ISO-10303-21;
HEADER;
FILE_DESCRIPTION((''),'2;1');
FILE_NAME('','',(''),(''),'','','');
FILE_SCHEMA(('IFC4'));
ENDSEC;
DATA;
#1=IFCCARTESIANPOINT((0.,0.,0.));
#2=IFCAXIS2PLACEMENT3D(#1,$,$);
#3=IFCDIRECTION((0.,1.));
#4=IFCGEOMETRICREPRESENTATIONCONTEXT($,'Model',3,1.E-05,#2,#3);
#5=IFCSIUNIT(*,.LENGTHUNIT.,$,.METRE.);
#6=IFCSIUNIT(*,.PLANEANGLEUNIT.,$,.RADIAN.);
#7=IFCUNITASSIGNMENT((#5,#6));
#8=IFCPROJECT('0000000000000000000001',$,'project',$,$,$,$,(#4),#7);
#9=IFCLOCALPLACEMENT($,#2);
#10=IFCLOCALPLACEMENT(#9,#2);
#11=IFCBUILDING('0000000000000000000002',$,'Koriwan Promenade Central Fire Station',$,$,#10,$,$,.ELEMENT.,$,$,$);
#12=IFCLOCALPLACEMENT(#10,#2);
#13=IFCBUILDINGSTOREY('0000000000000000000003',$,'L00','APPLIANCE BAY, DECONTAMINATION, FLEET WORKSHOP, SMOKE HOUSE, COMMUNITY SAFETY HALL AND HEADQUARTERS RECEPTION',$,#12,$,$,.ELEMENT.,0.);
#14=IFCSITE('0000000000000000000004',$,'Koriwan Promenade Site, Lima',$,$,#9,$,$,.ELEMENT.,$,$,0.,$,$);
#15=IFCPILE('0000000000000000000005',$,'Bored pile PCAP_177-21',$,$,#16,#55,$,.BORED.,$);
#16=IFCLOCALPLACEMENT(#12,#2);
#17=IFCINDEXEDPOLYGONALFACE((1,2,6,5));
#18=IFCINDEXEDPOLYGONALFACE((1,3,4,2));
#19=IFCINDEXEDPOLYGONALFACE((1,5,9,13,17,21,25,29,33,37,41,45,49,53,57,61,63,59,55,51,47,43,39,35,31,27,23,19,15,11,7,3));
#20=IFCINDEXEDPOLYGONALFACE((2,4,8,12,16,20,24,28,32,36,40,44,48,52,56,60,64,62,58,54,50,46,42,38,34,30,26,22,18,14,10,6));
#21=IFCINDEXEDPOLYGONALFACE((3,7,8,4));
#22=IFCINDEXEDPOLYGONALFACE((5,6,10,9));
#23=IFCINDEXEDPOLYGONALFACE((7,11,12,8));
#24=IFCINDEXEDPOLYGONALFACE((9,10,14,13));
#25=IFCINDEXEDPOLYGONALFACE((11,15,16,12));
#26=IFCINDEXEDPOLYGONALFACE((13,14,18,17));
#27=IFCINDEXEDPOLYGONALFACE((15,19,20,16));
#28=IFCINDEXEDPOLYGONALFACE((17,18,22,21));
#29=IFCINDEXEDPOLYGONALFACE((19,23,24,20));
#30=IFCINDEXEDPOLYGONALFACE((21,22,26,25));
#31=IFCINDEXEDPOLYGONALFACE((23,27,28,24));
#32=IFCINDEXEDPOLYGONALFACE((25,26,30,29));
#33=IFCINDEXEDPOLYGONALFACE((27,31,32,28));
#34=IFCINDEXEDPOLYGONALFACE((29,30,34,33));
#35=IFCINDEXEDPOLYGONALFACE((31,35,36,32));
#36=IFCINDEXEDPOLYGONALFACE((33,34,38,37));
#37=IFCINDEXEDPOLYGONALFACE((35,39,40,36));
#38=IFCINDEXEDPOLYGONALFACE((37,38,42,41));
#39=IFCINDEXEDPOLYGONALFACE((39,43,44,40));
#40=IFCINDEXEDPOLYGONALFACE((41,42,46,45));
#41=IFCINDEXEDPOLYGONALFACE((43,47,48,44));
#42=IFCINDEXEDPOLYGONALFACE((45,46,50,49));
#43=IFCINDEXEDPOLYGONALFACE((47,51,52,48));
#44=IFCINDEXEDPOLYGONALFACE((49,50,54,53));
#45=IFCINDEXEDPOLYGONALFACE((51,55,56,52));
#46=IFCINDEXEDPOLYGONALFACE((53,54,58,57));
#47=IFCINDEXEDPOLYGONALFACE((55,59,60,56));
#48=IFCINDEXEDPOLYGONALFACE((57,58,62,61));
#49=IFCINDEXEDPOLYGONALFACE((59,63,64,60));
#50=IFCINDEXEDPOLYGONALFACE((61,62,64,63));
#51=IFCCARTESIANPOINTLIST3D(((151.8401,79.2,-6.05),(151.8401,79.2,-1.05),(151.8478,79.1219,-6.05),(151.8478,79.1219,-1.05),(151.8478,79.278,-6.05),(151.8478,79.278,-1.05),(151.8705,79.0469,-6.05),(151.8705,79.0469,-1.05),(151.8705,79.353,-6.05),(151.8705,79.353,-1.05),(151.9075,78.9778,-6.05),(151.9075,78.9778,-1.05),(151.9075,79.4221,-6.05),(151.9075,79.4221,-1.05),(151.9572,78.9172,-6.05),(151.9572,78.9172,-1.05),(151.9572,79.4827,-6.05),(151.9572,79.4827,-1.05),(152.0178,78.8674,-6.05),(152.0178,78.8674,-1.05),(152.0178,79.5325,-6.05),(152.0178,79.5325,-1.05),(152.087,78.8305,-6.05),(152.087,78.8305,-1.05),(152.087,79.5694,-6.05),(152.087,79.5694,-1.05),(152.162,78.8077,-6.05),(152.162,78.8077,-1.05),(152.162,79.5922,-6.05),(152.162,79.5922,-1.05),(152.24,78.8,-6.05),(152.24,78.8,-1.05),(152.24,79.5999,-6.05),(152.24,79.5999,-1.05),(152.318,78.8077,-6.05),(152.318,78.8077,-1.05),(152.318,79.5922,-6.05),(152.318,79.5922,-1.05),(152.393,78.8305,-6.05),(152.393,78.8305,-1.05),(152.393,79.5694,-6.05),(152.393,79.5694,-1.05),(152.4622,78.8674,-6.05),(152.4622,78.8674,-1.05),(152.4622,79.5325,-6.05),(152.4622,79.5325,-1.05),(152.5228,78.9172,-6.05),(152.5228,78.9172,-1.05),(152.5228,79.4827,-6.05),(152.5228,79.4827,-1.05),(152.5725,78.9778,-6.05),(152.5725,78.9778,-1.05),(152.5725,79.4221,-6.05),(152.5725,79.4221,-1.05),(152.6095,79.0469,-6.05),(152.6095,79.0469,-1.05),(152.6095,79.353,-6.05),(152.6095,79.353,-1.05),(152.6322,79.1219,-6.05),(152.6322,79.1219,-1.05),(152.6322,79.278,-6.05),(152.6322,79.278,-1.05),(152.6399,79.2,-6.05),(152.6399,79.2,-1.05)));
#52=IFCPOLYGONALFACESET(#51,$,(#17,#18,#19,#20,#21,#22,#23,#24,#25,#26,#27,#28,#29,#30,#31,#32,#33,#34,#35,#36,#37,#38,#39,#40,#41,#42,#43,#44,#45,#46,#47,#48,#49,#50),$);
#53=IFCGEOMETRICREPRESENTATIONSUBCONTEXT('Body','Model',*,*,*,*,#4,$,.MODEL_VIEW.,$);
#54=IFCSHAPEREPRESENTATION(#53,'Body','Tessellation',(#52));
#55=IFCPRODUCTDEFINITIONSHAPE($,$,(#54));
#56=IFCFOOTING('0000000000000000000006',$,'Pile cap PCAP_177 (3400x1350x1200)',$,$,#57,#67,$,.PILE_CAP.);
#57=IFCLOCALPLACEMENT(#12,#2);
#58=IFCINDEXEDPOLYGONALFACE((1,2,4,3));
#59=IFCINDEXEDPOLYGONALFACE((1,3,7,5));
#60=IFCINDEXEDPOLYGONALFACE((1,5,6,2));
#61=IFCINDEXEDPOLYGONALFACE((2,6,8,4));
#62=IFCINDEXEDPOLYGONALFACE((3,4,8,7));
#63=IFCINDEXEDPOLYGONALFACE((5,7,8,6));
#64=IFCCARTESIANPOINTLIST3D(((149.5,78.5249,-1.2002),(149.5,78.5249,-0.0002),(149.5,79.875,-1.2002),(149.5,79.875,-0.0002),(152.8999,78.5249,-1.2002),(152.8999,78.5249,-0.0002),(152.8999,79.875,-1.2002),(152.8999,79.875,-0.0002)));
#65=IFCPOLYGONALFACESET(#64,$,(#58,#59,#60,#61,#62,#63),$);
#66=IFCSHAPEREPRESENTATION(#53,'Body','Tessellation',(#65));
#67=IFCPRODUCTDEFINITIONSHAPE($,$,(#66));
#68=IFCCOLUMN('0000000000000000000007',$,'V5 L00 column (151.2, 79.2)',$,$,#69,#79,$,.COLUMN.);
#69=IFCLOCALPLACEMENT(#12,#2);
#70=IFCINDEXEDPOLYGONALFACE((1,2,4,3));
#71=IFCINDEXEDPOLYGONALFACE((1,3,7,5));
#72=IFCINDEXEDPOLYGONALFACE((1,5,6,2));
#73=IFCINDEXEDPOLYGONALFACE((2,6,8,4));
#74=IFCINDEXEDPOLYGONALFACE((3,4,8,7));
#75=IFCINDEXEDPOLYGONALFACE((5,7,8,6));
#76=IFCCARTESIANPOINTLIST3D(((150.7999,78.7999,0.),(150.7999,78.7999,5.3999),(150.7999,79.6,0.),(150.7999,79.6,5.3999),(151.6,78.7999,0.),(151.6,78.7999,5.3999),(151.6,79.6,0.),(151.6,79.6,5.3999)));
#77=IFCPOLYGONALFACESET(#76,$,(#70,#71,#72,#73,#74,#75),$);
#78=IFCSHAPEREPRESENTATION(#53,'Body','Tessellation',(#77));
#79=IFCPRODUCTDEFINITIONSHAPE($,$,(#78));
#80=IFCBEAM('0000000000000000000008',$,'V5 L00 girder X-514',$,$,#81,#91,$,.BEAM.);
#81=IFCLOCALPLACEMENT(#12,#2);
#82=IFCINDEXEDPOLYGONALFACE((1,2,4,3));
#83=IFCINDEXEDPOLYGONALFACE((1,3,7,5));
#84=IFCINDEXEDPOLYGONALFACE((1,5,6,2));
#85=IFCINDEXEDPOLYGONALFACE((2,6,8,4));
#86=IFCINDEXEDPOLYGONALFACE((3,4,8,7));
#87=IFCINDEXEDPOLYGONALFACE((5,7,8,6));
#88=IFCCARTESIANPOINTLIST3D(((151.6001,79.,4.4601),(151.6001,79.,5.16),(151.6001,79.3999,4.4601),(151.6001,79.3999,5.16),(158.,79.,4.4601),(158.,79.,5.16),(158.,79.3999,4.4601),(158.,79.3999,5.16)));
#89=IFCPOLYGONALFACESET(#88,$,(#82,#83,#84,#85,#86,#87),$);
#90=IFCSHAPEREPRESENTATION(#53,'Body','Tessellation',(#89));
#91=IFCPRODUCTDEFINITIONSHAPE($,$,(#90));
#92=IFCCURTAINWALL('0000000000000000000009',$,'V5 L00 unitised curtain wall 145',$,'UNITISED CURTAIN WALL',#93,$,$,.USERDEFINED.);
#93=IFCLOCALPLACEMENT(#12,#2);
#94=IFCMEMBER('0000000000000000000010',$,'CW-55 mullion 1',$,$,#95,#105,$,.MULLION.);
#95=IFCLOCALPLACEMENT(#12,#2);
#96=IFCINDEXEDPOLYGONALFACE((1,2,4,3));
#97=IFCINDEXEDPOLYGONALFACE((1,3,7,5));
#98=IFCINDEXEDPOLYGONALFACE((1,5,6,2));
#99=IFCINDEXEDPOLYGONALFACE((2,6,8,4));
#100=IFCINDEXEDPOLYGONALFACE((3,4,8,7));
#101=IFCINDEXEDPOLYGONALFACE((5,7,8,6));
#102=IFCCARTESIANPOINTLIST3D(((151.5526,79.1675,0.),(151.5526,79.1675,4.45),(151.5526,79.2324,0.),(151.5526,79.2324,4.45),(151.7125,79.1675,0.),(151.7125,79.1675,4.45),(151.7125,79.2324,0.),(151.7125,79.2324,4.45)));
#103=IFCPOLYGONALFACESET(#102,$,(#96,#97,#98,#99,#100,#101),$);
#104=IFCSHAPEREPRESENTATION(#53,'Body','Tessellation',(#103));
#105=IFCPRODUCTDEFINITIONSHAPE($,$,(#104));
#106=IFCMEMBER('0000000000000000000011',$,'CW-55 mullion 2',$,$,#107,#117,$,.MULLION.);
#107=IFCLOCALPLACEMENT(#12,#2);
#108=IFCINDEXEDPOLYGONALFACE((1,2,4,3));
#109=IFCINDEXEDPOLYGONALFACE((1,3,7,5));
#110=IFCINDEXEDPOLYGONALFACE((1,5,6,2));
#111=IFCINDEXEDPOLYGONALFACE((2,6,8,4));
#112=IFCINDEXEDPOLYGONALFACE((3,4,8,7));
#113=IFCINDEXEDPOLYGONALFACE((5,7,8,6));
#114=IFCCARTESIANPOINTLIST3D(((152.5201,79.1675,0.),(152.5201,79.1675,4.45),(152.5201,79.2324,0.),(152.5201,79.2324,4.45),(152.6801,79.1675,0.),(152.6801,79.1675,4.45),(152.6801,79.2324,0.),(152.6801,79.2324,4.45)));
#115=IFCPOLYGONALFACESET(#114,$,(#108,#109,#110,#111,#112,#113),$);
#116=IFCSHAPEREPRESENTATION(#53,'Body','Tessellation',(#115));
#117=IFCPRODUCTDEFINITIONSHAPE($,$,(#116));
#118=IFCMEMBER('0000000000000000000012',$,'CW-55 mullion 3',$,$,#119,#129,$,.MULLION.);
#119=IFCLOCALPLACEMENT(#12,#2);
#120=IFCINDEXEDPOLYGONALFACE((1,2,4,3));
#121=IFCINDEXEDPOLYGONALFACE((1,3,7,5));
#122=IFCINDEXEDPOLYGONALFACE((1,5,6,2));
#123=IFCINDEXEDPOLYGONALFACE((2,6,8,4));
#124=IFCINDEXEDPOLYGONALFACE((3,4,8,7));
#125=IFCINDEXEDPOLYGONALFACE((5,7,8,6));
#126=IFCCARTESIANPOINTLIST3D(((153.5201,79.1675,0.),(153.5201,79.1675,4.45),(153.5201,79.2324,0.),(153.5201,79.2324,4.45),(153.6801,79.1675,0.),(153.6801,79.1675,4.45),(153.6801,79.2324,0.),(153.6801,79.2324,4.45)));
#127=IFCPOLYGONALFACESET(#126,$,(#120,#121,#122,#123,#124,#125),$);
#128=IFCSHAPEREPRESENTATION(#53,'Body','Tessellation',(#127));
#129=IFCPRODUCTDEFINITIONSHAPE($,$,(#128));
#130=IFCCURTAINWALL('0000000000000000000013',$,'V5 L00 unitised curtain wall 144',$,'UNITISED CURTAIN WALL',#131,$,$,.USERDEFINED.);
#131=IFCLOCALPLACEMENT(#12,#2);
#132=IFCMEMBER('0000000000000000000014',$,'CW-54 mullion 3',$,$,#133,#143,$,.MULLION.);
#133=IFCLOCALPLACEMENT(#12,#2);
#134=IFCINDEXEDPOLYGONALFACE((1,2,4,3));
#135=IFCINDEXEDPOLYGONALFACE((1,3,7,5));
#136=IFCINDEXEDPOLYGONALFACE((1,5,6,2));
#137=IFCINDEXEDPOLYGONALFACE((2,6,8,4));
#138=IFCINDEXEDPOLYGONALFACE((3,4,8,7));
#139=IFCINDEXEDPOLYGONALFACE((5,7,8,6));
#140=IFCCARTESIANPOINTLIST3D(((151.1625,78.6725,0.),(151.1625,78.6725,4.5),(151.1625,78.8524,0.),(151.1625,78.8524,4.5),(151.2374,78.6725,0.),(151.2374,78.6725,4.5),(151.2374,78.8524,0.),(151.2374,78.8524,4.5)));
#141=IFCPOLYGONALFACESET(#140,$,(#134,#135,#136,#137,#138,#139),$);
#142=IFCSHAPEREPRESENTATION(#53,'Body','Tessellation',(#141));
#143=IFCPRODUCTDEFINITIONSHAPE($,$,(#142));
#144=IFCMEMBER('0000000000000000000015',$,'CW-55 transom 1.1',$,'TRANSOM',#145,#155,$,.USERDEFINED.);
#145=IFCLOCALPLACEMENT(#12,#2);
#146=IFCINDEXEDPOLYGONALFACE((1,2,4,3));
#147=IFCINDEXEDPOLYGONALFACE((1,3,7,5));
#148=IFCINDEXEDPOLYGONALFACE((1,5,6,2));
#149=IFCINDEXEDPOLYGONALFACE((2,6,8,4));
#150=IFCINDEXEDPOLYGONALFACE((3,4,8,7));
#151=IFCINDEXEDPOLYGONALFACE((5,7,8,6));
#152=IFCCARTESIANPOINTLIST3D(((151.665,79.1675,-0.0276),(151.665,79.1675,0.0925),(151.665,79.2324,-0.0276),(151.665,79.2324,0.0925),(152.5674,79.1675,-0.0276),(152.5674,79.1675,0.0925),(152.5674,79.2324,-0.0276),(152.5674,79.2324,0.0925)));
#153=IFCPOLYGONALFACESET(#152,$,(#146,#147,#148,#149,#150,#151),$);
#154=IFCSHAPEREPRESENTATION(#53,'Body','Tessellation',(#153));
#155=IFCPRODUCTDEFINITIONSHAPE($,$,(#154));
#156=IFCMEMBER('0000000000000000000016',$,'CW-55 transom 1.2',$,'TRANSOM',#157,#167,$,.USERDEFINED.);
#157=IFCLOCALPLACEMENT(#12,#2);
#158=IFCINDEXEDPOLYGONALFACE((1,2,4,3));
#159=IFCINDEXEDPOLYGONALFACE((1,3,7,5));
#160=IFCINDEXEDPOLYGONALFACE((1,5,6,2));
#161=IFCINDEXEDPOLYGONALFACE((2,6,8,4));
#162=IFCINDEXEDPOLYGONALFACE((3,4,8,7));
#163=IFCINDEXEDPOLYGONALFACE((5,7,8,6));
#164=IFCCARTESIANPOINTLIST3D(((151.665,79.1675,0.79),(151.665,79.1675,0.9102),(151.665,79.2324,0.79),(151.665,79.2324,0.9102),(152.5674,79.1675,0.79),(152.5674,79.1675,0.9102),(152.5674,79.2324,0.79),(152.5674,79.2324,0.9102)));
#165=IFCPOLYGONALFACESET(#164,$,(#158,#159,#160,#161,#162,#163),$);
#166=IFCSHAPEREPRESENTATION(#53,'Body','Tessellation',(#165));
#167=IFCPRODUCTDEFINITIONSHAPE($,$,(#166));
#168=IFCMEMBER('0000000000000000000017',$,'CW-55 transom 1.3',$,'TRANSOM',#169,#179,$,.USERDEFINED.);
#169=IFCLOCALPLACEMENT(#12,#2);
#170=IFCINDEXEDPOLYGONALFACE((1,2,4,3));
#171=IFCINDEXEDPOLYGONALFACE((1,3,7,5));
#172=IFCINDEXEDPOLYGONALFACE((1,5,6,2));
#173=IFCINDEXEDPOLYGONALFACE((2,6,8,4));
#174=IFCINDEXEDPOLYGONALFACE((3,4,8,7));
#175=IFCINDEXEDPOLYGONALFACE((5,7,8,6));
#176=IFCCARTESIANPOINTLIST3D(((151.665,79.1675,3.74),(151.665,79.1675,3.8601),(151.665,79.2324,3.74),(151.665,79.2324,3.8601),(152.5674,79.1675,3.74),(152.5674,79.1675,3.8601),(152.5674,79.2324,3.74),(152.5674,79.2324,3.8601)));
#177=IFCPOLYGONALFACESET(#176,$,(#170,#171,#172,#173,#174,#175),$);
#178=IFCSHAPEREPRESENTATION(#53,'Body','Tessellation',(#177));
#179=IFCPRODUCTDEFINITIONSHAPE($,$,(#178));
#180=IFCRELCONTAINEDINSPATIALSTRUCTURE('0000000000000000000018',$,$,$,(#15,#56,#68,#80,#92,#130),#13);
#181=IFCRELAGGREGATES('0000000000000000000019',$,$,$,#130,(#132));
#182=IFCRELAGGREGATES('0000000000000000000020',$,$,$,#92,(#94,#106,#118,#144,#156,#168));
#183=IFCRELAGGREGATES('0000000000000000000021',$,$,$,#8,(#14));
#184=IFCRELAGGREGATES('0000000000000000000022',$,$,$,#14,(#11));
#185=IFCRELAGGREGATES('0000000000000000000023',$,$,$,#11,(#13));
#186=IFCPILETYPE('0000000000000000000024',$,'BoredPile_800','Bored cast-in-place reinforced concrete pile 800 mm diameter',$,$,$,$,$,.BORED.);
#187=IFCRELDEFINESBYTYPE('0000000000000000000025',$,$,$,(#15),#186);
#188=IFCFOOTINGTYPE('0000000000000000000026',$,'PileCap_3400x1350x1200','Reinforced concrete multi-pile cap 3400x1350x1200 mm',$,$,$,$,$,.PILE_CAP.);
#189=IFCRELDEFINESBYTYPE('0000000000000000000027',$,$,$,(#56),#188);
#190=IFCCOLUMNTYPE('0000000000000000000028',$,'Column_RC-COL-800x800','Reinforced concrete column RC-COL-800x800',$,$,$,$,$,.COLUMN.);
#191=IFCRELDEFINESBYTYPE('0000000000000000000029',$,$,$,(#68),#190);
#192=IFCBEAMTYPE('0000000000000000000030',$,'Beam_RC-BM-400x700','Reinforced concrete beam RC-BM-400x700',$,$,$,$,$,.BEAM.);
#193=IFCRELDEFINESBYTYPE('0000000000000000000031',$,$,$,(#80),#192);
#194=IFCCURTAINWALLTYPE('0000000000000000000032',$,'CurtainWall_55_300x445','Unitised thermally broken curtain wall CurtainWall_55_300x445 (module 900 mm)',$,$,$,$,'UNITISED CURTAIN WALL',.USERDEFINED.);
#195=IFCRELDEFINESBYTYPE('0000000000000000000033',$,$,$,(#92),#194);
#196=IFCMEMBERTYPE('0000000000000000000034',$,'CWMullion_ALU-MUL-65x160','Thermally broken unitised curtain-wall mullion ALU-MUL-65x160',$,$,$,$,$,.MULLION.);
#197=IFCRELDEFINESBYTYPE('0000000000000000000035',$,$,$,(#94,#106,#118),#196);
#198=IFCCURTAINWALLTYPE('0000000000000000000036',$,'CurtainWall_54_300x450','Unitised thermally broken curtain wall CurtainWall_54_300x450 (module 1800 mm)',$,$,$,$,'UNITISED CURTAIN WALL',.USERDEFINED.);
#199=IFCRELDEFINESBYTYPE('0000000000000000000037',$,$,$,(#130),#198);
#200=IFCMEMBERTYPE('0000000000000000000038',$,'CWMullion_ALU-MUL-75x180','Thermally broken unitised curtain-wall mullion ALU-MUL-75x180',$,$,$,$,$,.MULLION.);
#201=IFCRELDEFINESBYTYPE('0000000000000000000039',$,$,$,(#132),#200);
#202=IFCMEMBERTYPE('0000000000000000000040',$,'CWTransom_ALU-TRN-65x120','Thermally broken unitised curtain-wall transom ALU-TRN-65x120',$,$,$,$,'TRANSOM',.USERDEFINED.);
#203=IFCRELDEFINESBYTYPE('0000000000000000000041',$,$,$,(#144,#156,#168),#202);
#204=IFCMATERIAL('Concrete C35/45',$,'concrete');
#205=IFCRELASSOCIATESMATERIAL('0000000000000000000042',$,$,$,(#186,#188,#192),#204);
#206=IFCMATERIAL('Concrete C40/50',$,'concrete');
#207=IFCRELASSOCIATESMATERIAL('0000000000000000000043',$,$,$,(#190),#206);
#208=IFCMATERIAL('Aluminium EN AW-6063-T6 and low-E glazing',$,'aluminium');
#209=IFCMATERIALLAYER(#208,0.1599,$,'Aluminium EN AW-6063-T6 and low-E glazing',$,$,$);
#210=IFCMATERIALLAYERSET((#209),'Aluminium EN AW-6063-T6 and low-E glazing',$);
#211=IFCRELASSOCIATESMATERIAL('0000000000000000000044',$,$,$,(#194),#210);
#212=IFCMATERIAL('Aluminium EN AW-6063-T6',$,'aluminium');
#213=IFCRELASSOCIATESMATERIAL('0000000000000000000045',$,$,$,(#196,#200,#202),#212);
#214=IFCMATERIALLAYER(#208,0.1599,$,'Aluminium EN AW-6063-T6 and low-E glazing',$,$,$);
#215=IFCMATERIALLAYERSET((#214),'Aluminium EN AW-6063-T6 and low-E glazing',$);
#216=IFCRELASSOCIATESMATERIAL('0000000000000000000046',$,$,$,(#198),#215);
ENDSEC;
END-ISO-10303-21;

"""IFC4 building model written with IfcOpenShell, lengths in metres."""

from ifc_helpers import new_model, si_unit, direction, frame, origin, origin_2d, place, context, subcontext, project, spatial, rectangle, circle, extrude, material, layer, layer_set, material_profile, profile_set, type_object, element, aggregate, save


model = new_model("IFC4")

# Units and contexts
model_context = context("Model", 3, precision=1e-05, world=origin(), true_north=direction((0.0, 1.0)))
body_context = subcontext(model_context, "Body", "Model", "MODEL_VIEW")
ifc_project = project(units=[si_unit("LENGTHUNIT", "METRE"), si_unit("PLANEANGLEUNIT", "RADIAN")], contexts=[model_context])

# Site, building, storey
site_placement = place(None, origin())
site = spatial("IfcSite", under=ifc_project, at=site_placement, Name="Koriwan Promenade Site, Lima", CompositionType="ELEMENT", RefElevation=0.0)
building_placement = place(site_placement, origin())
building = spatial("IfcBuilding", under=site, at=building_placement, Name="Koriwan Promenade Central Fire Station", CompositionType="ELEMENT")
storey_placement = place(building_placement, origin())
storey = spatial("IfcBuildingStorey", under=building, at=storey_placement, Name="L00", Description="APPLIANCE BAY, DECONTAMINATION, FLEET WORKSHOP, SMOKE HOUSE, COMMUNITY SAFETY HALL AND HEADQUARTERS RECEPTION", CompositionType="ELEMENT", Elevation=0.0)

# Pile
ifc_material_1 = material(Name="Concrete C35/45", Category="concrete")
ifc_material_profile_1 = material_profile(ifc_material_1, circle(Radius=0.3999, at=origin_2d()), Name="PILE-D800")
ifc_profile_set_1 = profile_set([ifc_material_profile_1], Name="Concrete C35/45")
pile_type = type_object("IfcPileType", Name="BoredPile_800", Description="Bored cast-in-place reinforced concrete pile 800 mm diameter", PredefinedType="BORED", material=ifc_profile_set_1)
pile_placement = place(storey_placement, frame((152.24, 79.2, -1.05), z_axis=(0.0, 0.0, -1.0), x_axis=(1.0, 0.0, 0.0)))
element("IfcPile", 1, at=pile_placement, inside=storey, type_object=pile_type, Name="Bored pile PCAP_177-21", PredefinedType="BORED", context=body_context, shape_type="SweptSolid", body=[
    extrude(circle(Radius=0.3999, at=origin_2d()), origin(), (0.0, 0.0, 1.0), 5.0),
])

# Footing
footing_type = type_object("IfcFootingType", Name="PileCap_3400x1350x1200", Description="Reinforced concrete multi-pile cap 3400x1350x1200 mm", PredefinedType="PILE_CAP", material=ifc_material_1)
footing_placement = place(storey_placement, frame((151.2, 79.2, -1.2002), z_axis=(0.0, 0.0, 1.0), x_axis=(1.0, 0.0, 0.0)))
element("IfcFooting", 2, at=footing_placement, inside=storey, type_object=footing_type, Name="Pile cap PCAP_177 (3400x1350x1200)", PredefinedType="PILE_CAP", context=body_context, shape_type="SweptSolid", body=[
    extrude(rectangle(XDim=3.3999, YDim=1.3501, at=origin_2d()), origin(), (0.0, 0.0, 1.0), 1.2),
])

# Column
ifc_material_2 = material(Name="Concrete C40/50", Category="concrete")
ifc_material_profile_2 = material_profile(ifc_material_2, rectangle(XDim=0.8, YDim=0.8, at=origin_2d()), Name="RC-COL-800x800")
ifc_profile_set_2 = profile_set([ifc_material_profile_2], Name="Concrete C40/50")
column_type = type_object("IfcColumnType", Name="Column_RC-COL-800x800", Description="Reinforced concrete column RC-COL-800x800", PredefinedType="COLUMN", material=ifc_profile_set_2)
column_placement = place(storey_placement, frame((151.2, 79.2, 0.0), z_axis=(0.0, 0.0, 1.0), x_axis=(1.0, 0.0, 0.0)))
element("IfcColumn", 3, at=column_placement, inside=storey, type_object=column_type, Name="V5 L00 column (151.2, 79.2)", PredefinedType="COLUMN", context=body_context, shape_type="SweptSolid", body=[
    extrude(rectangle(XDim=0.8, YDim=0.8, at=origin_2d()), origin(), (0.0, 0.0, 1.0), 5.3999),
])

# Beam
ifc_material_profile_3 = material_profile(ifc_material_1, rectangle(XDim=0.3999, YDim=0.7, at=origin_2d()), Name="RC-BM-400x700")
ifc_profile_set_3 = profile_set([ifc_material_profile_3], Name="Concrete C35/45")
beam_type = type_object("IfcBeamType", Name="Beam_RC-BM-400x700", Description="Reinforced concrete beam RC-BM-400x700", PredefinedType="BEAM", material=ifc_profile_set_3)
beam_placement = place(storey_placement, frame((151.6001, 79.2, 4.8101), z_axis=(1.0, 0.0, 0.0), x_axis=(0.0, 1.0, 0.0)))
element("IfcBeam", 4, at=beam_placement, inside=storey, type_object=beam_type, Name="V5 L00 girder X-514", PredefinedType="BEAM", context=body_context, shape_type="SweptSolid", body=[
    extrude(rectangle(XDim=0.3999, YDim=0.7, at=origin_2d()), origin(), (0.0, 0.0, 1.0), 6.3999),
])

# Curtain wall, members
ifc_material_3 = material(Name="Aluminium EN AW-6063-T6 and low-E glazing", Category="aluminium")
ifc_layer_1 = layer(ifc_material_3, 0.1599, Name="Aluminium EN AW-6063-T6 and low-E glazing")
ifc_layer_set_1 = layer_set([ifc_layer_1], Name="Aluminium EN AW-6063-T6 and low-E glazing")
curtain_wall_type_1 = type_object("IfcCurtainWallType", Name="CurtainWall_55_300x445", Description="Unitised thermally broken curtain wall CurtainWall_55_300x445 (module 900 mm)", ElementType="UNITISED CURTAIN WALL", PredefinedType="USERDEFINED", material=ifc_layer_set_1)
curtain_wall_1_placement = place(storey_placement, origin())
curtain_wall_1 = element("IfcCurtainWall", 5, at=curtain_wall_1_placement, inside=storey, type_object=curtain_wall_type_1, Name="V5 L00 unitised curtain wall 145", ObjectType="UNITISED CURTAIN WALL", PredefinedType="USERDEFINED")
ifc_material_4 = material(Name="Aluminium EN AW-6063-T6", Category="aluminium")
ifc_material_profile_4 = material_profile(ifc_material_4, rectangle(XDim=0.0649, YDim=0.1599, at=origin_2d()), Name="ALU-MUL-65x160")
ifc_profile_set_4 = profile_set([ifc_material_profile_4], Name="Aluminium EN AW-6063-T6")
member_type_1 = type_object("IfcMemberType", Name="CWMullion_ALU-MUL-65x160", Description="Thermally broken unitised curtain-wall mullion ALU-MUL-65x160", PredefinedType="MULLION", material=ifc_profile_set_4)
member_1_placement = place(storey_placement, frame((151.6326, 79.2, 0.0), z_axis=(0.0, 0.0, 1.0), x_axis=(0.0, 1.0, 0.0)))
member_1 = element("IfcMember", 6, at=member_1_placement, type_object=member_type_1, Name="CW-55 mullion 1", PredefinedType="MULLION", context=body_context, shape_type="SweptSolid", body=[
    extrude(rectangle(XDim=0.0649, YDim=0.1599, at=origin_2d()), origin(), (0.0, 0.0, 1.0), 4.45),
])
member_2_placement = place(storey_placement, frame((152.6001, 79.2, 0.0), z_axis=(0.0, 0.0, 1.0), x_axis=(0.0, 1.0, 0.0)))
member_2 = element("IfcMember", 7, at=member_2_placement, type_object=member_type_1, Name="CW-55 mullion 2", PredefinedType="MULLION", context=body_context, shape_type="SweptSolid", body=[
    extrude(rectangle(XDim=0.0649, YDim=0.1599, at=origin_2d()), origin(), (0.0, 0.0, 1.0), 4.45),
])
member_3_placement = place(storey_placement, frame((153.6001, 79.2, 0.0), z_axis=(0.0, 0.0, 1.0), x_axis=(0.0, 1.0, 0.0)))
member_3 = element("IfcMember", 8, at=member_3_placement, type_object=member_type_1, Name="CW-55 mullion 3", PredefinedType="MULLION", context=body_context, shape_type="SweptSolid", body=[
    extrude(rectangle(XDim=0.0649, YDim=0.1599, at=origin_2d()), origin(), (0.0, 0.0, 1.0), 4.45),
])

# Curtain wall, member
ifc_layer_2 = layer(ifc_material_3, 0.1599, Name="Aluminium EN AW-6063-T6 and low-E glazing")
ifc_layer_set_2 = layer_set([ifc_layer_2], Name="Aluminium EN AW-6063-T6 and low-E glazing")
curtain_wall_type_2 = type_object("IfcCurtainWallType", Name="CurtainWall_54_300x450", Description="Unitised thermally broken curtain wall CurtainWall_54_300x450 (module 1800 mm)", ElementType="UNITISED CURTAIN WALL", PredefinedType="USERDEFINED", material=ifc_layer_set_2)
curtain_wall_2_placement = place(storey_placement, origin())
curtain_wall_2 = element("IfcCurtainWall", 9, at=curtain_wall_2_placement, inside=storey, type_object=curtain_wall_type_2, Name="V5 L00 unitised curtain wall 144", ObjectType="UNITISED CURTAIN WALL", PredefinedType="USERDEFINED")
ifc_material_profile_5 = material_profile(ifc_material_4, rectangle(XDim=0.075, YDim=0.1799, at=origin_2d()), Name="ALU-MUL-75x180")
ifc_profile_set_5 = profile_set([ifc_material_profile_5], Name="Aluminium EN AW-6063-T6")
member_type_2 = type_object("IfcMemberType", Name="CWMullion_ALU-MUL-75x180", Description="Thermally broken unitised curtain-wall mullion ALU-MUL-75x180", PredefinedType="MULLION", material=ifc_profile_set_5)
member_4_placement = place(storey_placement, frame((151.2, 78.7625, 0.0), z_axis=(0.0, 0.0, 1.0), x_axis=(-1.0, 0.0, 0.0)))
member_4 = element("IfcMember", 10, at=member_4_placement, type_object=member_type_2, Name="CW-54 mullion 3", PredefinedType="MULLION", context=body_context, shape_type="SweptSolid", body=[
    extrude(rectangle(XDim=0.075, YDim=0.1799, at=origin_2d()), origin(), (0.0, 0.0, 1.0), 4.5),
])

# Members
ifc_material_profile_6 = material_profile(ifc_material_4, rectangle(XDim=0.0649, YDim=0.1201, at=origin_2d()), Name="ALU-TRN-65x120")
ifc_profile_set_6 = profile_set([ifc_material_profile_6], Name="Aluminium EN AW-6063-T6")
member_type_3 = type_object("IfcMemberType", Name="CWTransom_ALU-TRN-65x120", Description="Thermally broken unitised curtain-wall transom ALU-TRN-65x120", ElementType="TRANSOM", PredefinedType="USERDEFINED", material=ifc_profile_set_6)
member_5_placement = place(storey_placement, frame((151.665, 79.2, 0.0325), z_axis=(1.0, 0.0, 0.0), x_axis=(0.0, 1.0, 0.0)))
member_5 = element("IfcMember", 11, at=member_5_placement, type_object=member_type_3, Name="CW-55 transom 1.1", ObjectType="TRANSOM", PredefinedType="USERDEFINED", context=body_context, shape_type="SweptSolid", body=[
    extrude(rectangle(XDim=0.0649, YDim=0.1201, at=origin_2d()), origin(), (0.0, 0.0, 1.0), 0.9023),
])
member_6_placement = place(storey_placement, frame((151.665, 79.2, 0.8501), z_axis=(1.0, 0.0, 0.0), x_axis=(0.0, 1.0, 0.0)))
member_6 = element("IfcMember", 12, at=member_6_placement, type_object=member_type_3, Name="CW-55 transom 1.2", ObjectType="TRANSOM", PredefinedType="USERDEFINED", context=body_context, shape_type="SweptSolid", body=[
    extrude(rectangle(XDim=0.0649, YDim=0.1201, at=origin_2d()), origin(), (0.0, 0.0, 1.0), 0.9023),
])
member_7_placement = place(storey_placement, frame((151.665, 79.2, 3.8), z_axis=(1.0, 0.0, 0.0), x_axis=(0.0, 1.0, 0.0)))
member_7 = element("IfcMember", 13, at=member_7_placement, type_object=member_type_3, Name="CW-55 transom 1.3", ObjectType="TRANSOM", PredefinedType="USERDEFINED", context=body_context, shape_type="SweptSolid", body=[
    extrude(rectangle(XDim=0.0649, YDim=0.1201, at=origin_2d()), origin(), (0.0, 0.0, 1.0), 0.9023),
])

aggregate(curtain_wall_2, [member_4])
aggregate(curtain_wall_1, [member_1, member_2, member_3, member_5, member_6, member_7])

save(model, "model.ifc")
